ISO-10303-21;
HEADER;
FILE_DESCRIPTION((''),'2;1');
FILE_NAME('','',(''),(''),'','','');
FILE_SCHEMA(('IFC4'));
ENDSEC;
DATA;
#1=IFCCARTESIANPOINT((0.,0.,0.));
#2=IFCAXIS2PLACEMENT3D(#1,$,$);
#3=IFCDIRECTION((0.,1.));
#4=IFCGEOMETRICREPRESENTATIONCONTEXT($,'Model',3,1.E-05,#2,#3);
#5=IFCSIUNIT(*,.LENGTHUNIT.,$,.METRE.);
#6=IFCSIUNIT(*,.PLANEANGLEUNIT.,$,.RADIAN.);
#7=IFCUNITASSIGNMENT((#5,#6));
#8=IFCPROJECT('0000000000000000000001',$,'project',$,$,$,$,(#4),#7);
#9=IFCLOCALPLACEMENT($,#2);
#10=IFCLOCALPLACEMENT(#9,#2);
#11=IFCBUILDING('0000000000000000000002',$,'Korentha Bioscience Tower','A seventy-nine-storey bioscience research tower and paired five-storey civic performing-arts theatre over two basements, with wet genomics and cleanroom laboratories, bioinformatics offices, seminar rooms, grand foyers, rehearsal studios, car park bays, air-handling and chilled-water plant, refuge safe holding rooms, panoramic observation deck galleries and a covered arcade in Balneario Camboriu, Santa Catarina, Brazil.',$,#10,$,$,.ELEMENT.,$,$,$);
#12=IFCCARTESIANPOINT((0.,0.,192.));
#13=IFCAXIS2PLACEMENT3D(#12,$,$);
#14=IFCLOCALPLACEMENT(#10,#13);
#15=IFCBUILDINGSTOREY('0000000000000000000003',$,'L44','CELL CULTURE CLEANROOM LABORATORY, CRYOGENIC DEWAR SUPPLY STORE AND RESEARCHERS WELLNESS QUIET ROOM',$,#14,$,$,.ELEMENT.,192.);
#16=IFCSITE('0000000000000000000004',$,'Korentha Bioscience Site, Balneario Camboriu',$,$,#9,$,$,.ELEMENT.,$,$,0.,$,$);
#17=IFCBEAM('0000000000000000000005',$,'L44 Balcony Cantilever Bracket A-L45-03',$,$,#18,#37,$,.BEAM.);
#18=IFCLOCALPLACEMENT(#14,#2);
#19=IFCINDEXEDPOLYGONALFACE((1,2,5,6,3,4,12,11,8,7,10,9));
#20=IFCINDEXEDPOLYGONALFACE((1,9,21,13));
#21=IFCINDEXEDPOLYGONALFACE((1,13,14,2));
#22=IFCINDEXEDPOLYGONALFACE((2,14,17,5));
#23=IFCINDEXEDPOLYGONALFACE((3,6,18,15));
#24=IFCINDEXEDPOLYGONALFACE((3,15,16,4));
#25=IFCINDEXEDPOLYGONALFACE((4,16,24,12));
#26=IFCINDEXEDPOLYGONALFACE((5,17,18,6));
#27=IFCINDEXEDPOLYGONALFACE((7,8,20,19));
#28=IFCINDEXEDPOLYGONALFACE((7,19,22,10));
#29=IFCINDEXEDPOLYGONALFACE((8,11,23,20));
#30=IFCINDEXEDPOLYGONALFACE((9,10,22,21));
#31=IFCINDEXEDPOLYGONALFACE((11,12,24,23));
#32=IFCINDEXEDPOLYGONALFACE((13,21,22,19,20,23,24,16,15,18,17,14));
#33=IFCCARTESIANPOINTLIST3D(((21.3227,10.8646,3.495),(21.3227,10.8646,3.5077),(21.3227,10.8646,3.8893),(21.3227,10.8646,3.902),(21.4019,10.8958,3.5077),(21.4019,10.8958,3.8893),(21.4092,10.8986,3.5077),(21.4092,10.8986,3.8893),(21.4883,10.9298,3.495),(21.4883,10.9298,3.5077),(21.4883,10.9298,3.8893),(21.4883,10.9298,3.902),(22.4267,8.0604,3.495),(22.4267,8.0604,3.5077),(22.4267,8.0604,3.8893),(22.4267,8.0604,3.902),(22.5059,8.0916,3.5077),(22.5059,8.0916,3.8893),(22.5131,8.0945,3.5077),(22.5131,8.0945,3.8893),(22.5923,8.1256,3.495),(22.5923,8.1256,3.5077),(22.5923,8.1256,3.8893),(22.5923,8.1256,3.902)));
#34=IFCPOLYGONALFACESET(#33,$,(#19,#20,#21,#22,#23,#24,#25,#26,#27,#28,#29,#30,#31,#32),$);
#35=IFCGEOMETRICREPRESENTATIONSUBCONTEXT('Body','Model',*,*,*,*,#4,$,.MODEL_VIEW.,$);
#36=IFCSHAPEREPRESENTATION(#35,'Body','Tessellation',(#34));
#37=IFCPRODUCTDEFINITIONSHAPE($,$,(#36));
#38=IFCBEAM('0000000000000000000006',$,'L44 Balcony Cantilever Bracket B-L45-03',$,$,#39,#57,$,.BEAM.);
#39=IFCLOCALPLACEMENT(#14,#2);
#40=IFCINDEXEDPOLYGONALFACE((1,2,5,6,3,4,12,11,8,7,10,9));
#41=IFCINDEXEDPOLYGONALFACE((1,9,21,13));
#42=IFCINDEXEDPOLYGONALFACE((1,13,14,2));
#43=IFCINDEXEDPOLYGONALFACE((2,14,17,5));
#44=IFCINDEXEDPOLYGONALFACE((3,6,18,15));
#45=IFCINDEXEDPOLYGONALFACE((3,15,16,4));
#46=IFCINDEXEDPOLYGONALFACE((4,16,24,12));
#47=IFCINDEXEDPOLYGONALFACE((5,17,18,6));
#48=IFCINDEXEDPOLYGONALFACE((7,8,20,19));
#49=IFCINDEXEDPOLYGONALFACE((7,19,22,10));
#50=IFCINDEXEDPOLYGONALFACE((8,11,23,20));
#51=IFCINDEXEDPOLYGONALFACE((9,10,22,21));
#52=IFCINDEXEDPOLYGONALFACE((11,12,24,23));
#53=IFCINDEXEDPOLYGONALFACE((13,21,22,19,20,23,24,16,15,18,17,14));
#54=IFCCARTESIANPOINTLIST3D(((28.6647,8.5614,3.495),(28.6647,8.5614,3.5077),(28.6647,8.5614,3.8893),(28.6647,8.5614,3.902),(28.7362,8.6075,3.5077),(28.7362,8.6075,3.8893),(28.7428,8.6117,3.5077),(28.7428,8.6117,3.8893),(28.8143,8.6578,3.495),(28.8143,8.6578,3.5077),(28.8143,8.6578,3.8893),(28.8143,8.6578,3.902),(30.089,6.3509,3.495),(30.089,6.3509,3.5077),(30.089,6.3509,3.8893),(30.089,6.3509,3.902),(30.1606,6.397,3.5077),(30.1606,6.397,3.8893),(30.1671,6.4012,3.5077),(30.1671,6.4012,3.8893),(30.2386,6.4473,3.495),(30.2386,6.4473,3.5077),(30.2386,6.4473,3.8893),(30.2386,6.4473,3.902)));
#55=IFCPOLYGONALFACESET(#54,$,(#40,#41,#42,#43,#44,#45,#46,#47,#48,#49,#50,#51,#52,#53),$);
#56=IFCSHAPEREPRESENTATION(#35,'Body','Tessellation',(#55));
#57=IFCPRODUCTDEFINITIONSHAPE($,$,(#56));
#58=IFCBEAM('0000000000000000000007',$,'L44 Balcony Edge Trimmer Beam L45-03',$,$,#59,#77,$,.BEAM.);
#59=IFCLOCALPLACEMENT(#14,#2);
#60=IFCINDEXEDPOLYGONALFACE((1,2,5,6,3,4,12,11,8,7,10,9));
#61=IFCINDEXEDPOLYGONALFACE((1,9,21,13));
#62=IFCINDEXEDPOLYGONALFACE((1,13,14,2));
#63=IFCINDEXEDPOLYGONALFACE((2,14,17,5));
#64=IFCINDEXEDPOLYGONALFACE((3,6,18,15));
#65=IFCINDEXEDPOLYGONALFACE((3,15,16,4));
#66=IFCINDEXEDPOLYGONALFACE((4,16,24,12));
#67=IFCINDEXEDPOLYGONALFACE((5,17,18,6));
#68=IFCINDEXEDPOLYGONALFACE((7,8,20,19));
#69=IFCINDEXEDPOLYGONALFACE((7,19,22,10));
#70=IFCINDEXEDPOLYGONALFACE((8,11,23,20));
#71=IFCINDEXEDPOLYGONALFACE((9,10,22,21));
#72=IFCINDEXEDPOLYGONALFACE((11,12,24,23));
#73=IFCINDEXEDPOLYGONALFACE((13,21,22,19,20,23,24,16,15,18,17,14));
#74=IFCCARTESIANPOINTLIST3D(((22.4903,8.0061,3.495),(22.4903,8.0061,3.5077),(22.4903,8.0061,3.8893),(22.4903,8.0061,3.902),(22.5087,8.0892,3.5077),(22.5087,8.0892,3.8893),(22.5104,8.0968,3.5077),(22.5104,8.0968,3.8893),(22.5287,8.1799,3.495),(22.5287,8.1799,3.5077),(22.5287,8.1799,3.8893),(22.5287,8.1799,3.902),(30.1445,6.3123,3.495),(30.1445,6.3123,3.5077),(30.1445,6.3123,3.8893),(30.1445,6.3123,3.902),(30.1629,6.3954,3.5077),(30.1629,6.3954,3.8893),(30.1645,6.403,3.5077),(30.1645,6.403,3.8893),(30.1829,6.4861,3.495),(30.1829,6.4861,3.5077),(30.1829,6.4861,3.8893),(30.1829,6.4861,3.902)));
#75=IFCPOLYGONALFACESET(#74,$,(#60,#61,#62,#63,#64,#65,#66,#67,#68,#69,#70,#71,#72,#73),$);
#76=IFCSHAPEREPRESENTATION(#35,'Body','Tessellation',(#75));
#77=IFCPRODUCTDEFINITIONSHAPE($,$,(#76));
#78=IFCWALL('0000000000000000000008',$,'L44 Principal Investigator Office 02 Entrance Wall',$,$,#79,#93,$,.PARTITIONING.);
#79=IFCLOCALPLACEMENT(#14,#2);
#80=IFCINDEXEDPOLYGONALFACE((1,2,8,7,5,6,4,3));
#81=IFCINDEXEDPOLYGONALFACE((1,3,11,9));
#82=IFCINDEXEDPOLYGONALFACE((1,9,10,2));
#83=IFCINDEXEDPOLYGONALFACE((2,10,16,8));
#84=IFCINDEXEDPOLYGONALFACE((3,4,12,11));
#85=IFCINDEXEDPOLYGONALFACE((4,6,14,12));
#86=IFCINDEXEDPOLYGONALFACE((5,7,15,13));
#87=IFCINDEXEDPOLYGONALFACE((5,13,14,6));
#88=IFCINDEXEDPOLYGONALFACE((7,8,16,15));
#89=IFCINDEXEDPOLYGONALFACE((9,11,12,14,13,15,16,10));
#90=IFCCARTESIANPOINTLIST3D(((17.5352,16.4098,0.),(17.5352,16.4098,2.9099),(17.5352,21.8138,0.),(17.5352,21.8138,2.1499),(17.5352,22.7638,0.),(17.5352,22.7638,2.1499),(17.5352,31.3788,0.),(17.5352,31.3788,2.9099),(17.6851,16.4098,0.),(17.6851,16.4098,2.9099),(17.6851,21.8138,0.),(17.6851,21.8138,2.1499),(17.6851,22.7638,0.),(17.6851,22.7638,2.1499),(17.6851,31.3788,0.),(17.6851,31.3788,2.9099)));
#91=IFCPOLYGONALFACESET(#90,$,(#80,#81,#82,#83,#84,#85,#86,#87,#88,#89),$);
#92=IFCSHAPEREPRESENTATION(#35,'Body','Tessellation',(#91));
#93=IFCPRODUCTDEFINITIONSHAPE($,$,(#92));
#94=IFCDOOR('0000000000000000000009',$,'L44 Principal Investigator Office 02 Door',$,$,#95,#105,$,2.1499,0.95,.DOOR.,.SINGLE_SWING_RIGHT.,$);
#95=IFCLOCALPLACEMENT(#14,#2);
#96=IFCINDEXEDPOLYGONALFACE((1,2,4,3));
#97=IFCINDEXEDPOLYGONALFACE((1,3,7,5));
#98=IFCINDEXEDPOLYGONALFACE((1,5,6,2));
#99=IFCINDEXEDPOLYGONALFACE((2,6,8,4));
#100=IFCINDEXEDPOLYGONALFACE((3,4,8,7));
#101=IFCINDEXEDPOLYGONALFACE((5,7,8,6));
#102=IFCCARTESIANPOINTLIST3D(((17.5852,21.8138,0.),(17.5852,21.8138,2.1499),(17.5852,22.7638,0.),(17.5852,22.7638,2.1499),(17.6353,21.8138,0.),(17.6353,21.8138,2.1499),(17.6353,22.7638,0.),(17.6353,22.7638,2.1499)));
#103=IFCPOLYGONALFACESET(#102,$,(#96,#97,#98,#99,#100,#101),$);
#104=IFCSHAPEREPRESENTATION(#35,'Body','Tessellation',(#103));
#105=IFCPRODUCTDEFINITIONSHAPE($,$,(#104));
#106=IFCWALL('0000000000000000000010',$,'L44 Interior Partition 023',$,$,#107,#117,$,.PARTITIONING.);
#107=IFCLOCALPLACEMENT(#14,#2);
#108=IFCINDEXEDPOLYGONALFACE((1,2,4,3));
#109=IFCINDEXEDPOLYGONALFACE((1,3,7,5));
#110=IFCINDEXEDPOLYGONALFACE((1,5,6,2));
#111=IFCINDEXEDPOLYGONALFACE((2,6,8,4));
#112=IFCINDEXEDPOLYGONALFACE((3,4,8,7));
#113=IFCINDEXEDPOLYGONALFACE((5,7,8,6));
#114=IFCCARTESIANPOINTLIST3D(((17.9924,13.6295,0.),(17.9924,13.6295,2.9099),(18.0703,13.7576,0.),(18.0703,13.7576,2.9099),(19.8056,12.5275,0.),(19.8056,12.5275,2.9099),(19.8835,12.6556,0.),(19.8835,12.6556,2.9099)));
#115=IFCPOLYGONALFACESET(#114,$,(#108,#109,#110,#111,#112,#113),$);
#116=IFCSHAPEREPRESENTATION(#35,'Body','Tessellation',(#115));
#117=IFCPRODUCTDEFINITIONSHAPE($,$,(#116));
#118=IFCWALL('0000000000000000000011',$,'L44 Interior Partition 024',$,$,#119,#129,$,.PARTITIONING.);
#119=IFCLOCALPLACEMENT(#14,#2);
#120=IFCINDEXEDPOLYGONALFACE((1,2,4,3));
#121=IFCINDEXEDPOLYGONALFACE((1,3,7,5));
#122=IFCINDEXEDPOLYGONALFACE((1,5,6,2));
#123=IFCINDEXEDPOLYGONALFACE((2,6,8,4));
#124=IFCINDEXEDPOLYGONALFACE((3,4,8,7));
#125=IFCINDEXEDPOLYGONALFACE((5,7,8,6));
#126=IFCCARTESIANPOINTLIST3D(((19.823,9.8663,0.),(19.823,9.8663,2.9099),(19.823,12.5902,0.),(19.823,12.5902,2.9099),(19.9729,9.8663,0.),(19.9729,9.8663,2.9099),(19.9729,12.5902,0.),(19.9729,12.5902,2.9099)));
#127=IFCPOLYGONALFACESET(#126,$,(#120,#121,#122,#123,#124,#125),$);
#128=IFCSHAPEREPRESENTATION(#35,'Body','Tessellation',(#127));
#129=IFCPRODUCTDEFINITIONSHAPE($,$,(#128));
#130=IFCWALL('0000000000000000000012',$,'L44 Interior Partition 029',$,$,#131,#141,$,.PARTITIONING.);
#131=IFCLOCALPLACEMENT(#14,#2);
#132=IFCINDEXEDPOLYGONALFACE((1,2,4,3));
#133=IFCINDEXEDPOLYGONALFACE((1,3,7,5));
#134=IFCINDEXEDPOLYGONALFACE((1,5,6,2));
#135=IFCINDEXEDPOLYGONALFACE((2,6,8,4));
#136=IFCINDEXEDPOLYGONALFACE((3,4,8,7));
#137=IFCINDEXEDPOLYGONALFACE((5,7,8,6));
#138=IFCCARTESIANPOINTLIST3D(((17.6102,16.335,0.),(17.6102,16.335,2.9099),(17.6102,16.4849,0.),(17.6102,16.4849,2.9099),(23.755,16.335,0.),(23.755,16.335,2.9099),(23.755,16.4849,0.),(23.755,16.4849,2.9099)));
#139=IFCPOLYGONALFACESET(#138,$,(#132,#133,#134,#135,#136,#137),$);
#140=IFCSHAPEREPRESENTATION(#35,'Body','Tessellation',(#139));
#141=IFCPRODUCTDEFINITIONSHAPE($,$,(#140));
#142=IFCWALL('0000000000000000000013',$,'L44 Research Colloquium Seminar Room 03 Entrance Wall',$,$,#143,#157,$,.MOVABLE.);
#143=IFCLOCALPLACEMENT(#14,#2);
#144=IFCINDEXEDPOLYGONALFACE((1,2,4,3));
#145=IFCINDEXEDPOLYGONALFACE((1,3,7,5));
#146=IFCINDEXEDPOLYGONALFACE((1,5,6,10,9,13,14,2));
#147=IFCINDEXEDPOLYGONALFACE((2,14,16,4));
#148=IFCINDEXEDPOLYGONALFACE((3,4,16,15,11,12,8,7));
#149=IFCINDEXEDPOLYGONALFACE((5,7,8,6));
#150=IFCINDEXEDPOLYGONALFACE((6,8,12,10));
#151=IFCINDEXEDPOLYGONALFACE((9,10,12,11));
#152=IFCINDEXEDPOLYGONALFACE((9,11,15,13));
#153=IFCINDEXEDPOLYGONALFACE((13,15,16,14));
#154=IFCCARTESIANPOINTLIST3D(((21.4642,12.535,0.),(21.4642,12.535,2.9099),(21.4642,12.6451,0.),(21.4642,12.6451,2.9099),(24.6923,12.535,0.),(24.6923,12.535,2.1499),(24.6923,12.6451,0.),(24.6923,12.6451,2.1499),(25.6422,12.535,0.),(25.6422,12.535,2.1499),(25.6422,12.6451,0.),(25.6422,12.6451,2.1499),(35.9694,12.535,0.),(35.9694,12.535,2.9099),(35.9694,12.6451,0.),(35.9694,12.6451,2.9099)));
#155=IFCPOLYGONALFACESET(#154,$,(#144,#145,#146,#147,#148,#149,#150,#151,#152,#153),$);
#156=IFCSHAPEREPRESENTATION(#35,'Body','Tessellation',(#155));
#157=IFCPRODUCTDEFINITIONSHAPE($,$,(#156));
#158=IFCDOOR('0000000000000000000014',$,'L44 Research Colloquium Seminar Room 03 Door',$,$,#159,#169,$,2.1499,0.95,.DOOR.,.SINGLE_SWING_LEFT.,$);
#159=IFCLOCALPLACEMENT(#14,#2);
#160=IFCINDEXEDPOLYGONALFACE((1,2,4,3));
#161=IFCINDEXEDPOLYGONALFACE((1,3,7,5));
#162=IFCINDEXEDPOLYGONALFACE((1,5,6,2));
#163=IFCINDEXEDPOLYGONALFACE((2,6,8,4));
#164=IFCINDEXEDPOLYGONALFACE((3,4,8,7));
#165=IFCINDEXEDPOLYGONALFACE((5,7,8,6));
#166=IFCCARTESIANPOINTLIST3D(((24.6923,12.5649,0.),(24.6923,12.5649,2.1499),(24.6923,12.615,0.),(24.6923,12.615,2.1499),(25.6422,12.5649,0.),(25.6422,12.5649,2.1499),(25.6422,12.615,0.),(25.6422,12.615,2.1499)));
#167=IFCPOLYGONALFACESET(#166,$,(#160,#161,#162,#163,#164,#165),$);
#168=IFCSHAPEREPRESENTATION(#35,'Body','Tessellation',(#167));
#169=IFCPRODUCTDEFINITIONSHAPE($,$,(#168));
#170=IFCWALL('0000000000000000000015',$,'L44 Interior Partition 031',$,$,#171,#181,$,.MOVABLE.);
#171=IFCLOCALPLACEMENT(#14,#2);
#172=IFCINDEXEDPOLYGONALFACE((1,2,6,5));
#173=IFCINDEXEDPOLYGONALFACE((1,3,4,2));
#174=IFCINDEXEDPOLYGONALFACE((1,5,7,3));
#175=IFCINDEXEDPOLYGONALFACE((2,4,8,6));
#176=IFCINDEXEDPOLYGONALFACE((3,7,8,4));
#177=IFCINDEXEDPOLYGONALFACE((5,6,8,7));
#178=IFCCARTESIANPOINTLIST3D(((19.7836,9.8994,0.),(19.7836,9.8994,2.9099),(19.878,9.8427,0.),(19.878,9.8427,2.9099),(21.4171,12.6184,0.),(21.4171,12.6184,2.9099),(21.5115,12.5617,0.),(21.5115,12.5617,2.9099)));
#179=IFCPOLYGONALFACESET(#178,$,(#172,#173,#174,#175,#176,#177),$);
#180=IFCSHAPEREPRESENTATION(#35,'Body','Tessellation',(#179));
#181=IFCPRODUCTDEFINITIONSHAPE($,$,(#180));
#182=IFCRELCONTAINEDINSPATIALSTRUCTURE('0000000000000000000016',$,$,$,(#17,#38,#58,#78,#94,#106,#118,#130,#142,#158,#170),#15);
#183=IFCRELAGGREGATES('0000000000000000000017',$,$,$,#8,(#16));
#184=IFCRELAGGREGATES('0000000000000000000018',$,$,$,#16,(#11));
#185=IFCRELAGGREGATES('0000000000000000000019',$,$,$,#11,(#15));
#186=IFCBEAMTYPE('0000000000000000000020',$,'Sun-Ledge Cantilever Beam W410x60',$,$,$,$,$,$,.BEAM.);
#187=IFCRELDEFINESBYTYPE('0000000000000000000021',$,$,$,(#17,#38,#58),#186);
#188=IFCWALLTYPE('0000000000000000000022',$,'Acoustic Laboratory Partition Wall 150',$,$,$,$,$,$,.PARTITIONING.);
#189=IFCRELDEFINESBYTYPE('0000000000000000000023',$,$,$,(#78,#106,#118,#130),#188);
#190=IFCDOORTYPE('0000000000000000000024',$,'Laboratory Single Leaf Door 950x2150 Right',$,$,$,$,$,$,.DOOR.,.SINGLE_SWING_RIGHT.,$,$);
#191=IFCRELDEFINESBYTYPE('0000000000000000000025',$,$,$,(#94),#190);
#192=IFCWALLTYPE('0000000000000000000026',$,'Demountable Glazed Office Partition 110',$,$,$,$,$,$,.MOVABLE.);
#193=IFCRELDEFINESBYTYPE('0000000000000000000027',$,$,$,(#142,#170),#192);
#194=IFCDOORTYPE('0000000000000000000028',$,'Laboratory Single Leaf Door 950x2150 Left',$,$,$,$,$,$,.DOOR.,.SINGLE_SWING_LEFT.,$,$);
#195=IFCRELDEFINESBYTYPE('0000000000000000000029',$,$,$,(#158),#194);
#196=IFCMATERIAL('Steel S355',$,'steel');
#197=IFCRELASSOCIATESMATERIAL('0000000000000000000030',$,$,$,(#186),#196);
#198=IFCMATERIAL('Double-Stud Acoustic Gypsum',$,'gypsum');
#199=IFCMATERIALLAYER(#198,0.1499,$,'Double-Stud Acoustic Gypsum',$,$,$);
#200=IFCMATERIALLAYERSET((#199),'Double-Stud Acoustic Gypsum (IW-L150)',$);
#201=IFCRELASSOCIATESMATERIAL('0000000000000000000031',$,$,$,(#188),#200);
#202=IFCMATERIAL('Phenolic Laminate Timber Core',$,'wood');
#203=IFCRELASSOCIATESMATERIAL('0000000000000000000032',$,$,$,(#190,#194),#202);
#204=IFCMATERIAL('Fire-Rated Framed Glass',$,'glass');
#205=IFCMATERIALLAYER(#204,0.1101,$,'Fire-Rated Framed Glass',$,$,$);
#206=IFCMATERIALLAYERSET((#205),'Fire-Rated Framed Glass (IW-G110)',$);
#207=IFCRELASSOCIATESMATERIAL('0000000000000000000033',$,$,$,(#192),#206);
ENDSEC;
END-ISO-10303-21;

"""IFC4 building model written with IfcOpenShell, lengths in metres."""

from ifc_helpers import new_model, si_unit, direction, frame, frame_2d, origin, origin_2d, place, context, subcontext, project, spatial, rectangle, i_section, extrude, material, layer, layer_set, material_profile, profile_set, type_object, element, fill, save


model = new_model("IFC4")

# Units and contexts
model_context = context("Model", 3, precision=1e-05, world=origin(), true_north=direction((0.0, 1.0)))
body_context = subcontext(model_context, "Body", "Model", "MODEL_VIEW")
ifc_project = project(units=[si_unit("LENGTHUNIT", "METRE"), si_unit("PLANEANGLEUNIT", "RADIAN")], contexts=[model_context])

# Site, building, storey
site_placement = place(None, origin())
site = spatial("IfcSite", under=ifc_project, at=site_placement, Name="Korentha Bioscience Site, Balneario Camboriu", CompositionType="ELEMENT", RefElevation=0.0)
building_placement = place(site_placement, origin())
building = spatial("IfcBuilding", under=site, at=building_placement, Name="Korentha Bioscience Tower", Description="A seventy-nine-storey bioscience research tower and paired five-storey civic performing-arts theatre over two basements, with wet genomics and cleanroom laboratories, bioinformatics offices, seminar rooms, grand foyers, rehearsal studios, car park bays, air-handling and chilled-water plant, refuge safe holding rooms, panoramic observation deck galleries and a covered arcade in Balneario Camboriu, Santa Catarina, Brazil.", CompositionType="ELEMENT")
storey_placement = place(building_placement, frame((0.0, 0.0, 192.0)))
storey = spatial("IfcBuildingStorey", under=building, at=storey_placement, Name="L44", Description="CELL CULTURE CLEANROOM LABORATORY, CRYOGENIC DEWAR SUPPLY STORE AND RESEARCHERS WELLNESS QUIET ROOM", CompositionType="ELEMENT", Elevation=192.0)

# Beams
ifc_material_1 = material(Name="Steel S355", Category="steel")
ifc_material_profile_1 = material_profile(ifc_material_1, i_section(OverallWidth=0.178, OverallDepth=0.407, WebThickness=0.0078, FlangeThickness=0.0127, at=origin_2d()), Name="Steel S355")
ifc_profile_set_1 = profile_set([ifc_material_profile_1], Name="Steel S355 (CB-410)")
beam_type_1 = type_object("IfcBeamType", Name="Sun-Ledge Cantilever Beam W410x60", PredefinedType="BEAM", material=ifc_profile_set_1)
beam_1_placement = place(storey_placement, frame((21.4055, 10.8972, 3.6985), z_axis=(0.366329, -0.930485, 0.0), x_axis=(0.930485, 0.366329, 0.0)))
element("IfcBeam", 1, at=beam_1_placement, inside=storey, type_object=beam_type_1, Name="L44 Balcony Cantilever Bracket A-L45-03", PredefinedType="BEAM", context=body_context, shape_type="SweptSolid", body=[
    extrude(i_section(OverallWidth=0.178, OverallDepth=0.407, WebThickness=0.0078, FlangeThickness=0.0127, at=origin_2d()), origin(), (0.0, 0.0, 1.0), 3.0137),
])
beam_2_placement = place(storey_placement, frame((28.7395, 8.6096, 3.6985), z_axis=(0.541649, -0.840605, 0.0), x_axis=(0.840605, 0.541649, 0.0)))
element("IfcBeam", 2, at=beam_2_placement, inside=storey, type_object=beam_type_1, Name="L44 Balcony Cantilever Bracket B-L45-03", PredefinedType="BEAM", context=body_context, shape_type="SweptSolid", body=[
    extrude(i_section(OverallWidth=0.178, OverallDepth=0.407, WebThickness=0.0078, FlangeThickness=0.0127, at=origin_2d()), origin(), (0.0, 0.0, 1.0), 2.6296),
])
beam_3_placement = place(storey_placement, frame((22.5095, 8.093, 3.6985), z_axis=(0.976379, -0.216066, 0.0), x_axis=(0.216066, 0.976379, 0.0)))
element("IfcBeam", 3, at=beam_3_placement, inside=storey, type_object=beam_type_1, Name="L44 Balcony Edge Trimmer Beam L45-03", PredefinedType="BEAM", context=body_context, shape_type="SweptSolid", body=[
    extrude(i_section(OverallWidth=0.178, OverallDepth=0.407, WebThickness=0.0078, FlangeThickness=0.0127, at=origin_2d()), origin(), (0.0, 0.0, 1.0), 7.8394),
])

# Wall, opening, door
ifc_material_2 = material(Name="Double-Stud Acoustic Gypsum", Category="gypsum")
ifc_layer_1 = layer(ifc_material_2, 0.1499, Name="Double-Stud Acoustic Gypsum")
ifc_layer_set_1 = layer_set([ifc_layer_1], Name="Double-Stud Acoustic Gypsum (IW-L150)")
wall_type_1 = type_object("IfcWallType", Name="Acoustic Laboratory Partition Wall 150", PredefinedType="PARTITIONING", material=ifc_layer_set_1)
wall_1_placement = place(storey_placement, frame((17.6101, 16.4099, 0.0), z_axis=(0.0, 0.0, 1.0), x_axis=(0.0, 1.0, 0.0)))
wall_1 = element("IfcWall", 4, at=wall_1_placement, inside=storey, type_object=wall_type_1, Name="L44 Principal Investigator Office 02 Entrance Wall", PredefinedType="PARTITIONING", context=body_context, shape_type="SweptSolid", body=[
    extrude(rectangle(XDim=14.969, YDim=0.1499, at=frame_2d((7.4844, 0.0))), origin(), (0.0, 0.0, 1.0), 2.9099),
])
opening_1_placement = place(wall_1_placement, frame((5.4038, 0.0, 0.0)))
opening_1 = element("IfcOpeningElement", 5, at=opening_1_placement, cuts=wall_1, PredefinedType="OPENING", context=body_context, shape_type="SweptSolid", body=[
    extrude(rectangle(XDim=0.95, YDim=2.1499, at=frame_2d((0.4751, 1.075))), frame((0.0, 0.0898, 0.0), z_axis=(0.0, -1.0, 0.0), x_axis=(1.0, 0.0, 0.0)), (0.0, 0.0, 1.0), 0.1797),
])
ifc_material_3 = material(Name="Phenolic Laminate Timber Core", Category="wood")
door_type_1 = type_object("IfcDoorType", Name="Laboratory Single Leaf Door 950x2150 Right", OperationType="SINGLE_SWING_RIGHT", PredefinedType="DOOR", material=ifc_material_3)
door_1_placement = place(opening_1_placement, origin())
door_1 = element("IfcDoor", 6, at=door_1_placement, inside=storey, type_object=door_type_1, Name="L44 Principal Investigator Office 02 Door", OperationType="SINGLE_SWING_RIGHT", OverallHeight=2.1499, OverallWidth=0.95, PredefinedType="DOOR", context=body_context, shape_type="SweptSolid", body=[
    extrude(rectangle(XDim=0.95, YDim=2.1499, at=frame_2d((0.4751, 1.075))), frame((0.0, 0.0249, 0.0), z_axis=(0.0, -1.0, 0.0), x_axis=(1.0, 0.0, 0.0)), (0.0, 0.0, 1.0), 0.05),
])
fill(opening_1, door_1)

# Walls
wall_2_placement = place(storey_placement, frame((18.0312, 13.6936, 0.0), z_axis=(0.0, 0.0, 1.0), x_axis=(0.854545, -0.519377, 0.0)))
element("IfcWall", 7, at=wall_2_placement, inside=storey, type_object=wall_type_1, Name="L44 Interior Partition 023", PredefinedType="PARTITIONING", context=body_context, shape_type="SweptSolid", body=[
    extrude(rectangle(XDim=2.1218, YDim=0.1499, at=frame_2d((1.061, 0.0))), origin(), (0.0, 0.0, 1.0), 2.9099),
])
wall_3_placement = place(storey_placement, frame((19.8979, 12.5901, 0.0), z_axis=(0.0, 0.0, 1.0), x_axis=(0.0, -1.0, 0.0)))
element("IfcWall", 8, at=wall_3_placement, inside=storey, type_object=wall_type_1, Name="L44 Interior Partition 024", PredefinedType="PARTITIONING", context=body_context, shape_type="SweptSolid", body=[
    extrude(rectangle(XDim=2.7239, YDim=0.1499, at=frame_2d((1.3618, 0.0))), origin(), (0.0, 0.0, 1.0), 2.9099),
])
wall_4_placement = place(storey_placement, frame((23.7549, 16.4099, 0.0), z_axis=(0.0, 0.0, 1.0), x_axis=(-1.0, 0.0, 0.0)))
element("IfcWall", 9, at=wall_4_placement, inside=storey, type_object=wall_type_1, Name="L44 Interior Partition 029", PredefinedType="PARTITIONING", context=body_context, shape_type="SweptSolid", body=[
    extrude(rectangle(XDim=6.1448, YDim=0.1499, at=frame_2d((3.0723, 0.0))), origin(), (0.0, 0.0, 1.0), 2.9099),
])

# Wall, opening, door
ifc_material_4 = material(Name="Fire-Rated Framed Glass", Category="glass")
ifc_layer_2 = layer(ifc_material_4, 0.1101, Name="Fire-Rated Framed Glass")
ifc_layer_set_2 = layer_set([ifc_layer_2], Name="Fire-Rated Framed Glass (IW-G110)")
wall_type_2 = type_object("IfcWallType", Name="Demountable Glazed Office Partition 110", PredefinedType="MOVABLE", material=ifc_layer_set_2)
wall_5_placement = place(storey_placement, frame((21.4644, 12.5901, 0.0), z_axis=(0.0, 0.0, 1.0), x_axis=(1.0, 0.0, 0.0)))
wall_5 = element("IfcWall", 10, at=wall_5_placement, inside=storey, type_object=wall_type_2, Name="L44 Research Colloquium Seminar Room 03 Entrance Wall", PredefinedType="MOVABLE", context=body_context, shape_type="SweptSolid", body=[
    extrude(rectangle(XDim=14.5051, YDim=0.1101, at=frame_2d((7.2524, 0.0))), origin(), (0.0, 0.0, 1.0), 2.9099),
])
opening_2_placement = place(wall_5_placement, frame((3.2278, 0.0, 0.0)))
opening_2 = element("IfcOpeningElement", 11, at=opening_2_placement, cuts=wall_5, PredefinedType="OPENING", context=body_context, shape_type="SweptSolid", body=[
    extrude(rectangle(XDim=0.95, YDim=2.1499, at=frame_2d((0.4751, 1.075))), frame((0.0, 0.0698, 0.0), z_axis=(0.0, -1.0, 0.0), x_axis=(1.0, 0.0, 0.0)), (0.0, 0.0, 1.0), 0.1399),
])
door_type_2 = type_object("IfcDoorType", Name="Laboratory Single Leaf Door 950x2150 Left", OperationType="SINGLE_SWING_LEFT", PredefinedType="DOOR", material=ifc_material_3)
door_2_placement = place(opening_2_placement, origin())
door_2 = element("IfcDoor", 12, at=door_2_placement, inside=storey, type_object=door_type_2, Name="L44 Research Colloquium Seminar Room 03 Door", OperationType="SINGLE_SWING_LEFT", OverallHeight=2.1499, OverallWidth=0.95, PredefinedType="DOOR", context=body_context, shape_type="SweptSolid", body=[
    extrude(rectangle(XDim=0.95, YDim=2.1499, at=frame_2d((0.4751, 1.075))), frame((0.0, 0.0249, 0.0), z_axis=(0.0, -1.0, 0.0), x_axis=(1.0, 0.0, 0.0)), (0.0, 0.0, 1.0), 0.05),
])
fill(opening_2, door_2)

# Wall
wall_6_placement = place(storey_placement, frame((19.8308, 9.8711, 0.0), z_axis=(0.0, 0.0, 1.0), x_axis=(0.514994, 0.857194, 0.0)))
element("IfcWall", 13, at=wall_6_placement, inside=storey, type_object=wall_type_2, Name="L44 Interior Partition 031", PredefinedType="MOVABLE", context=body_context, shape_type="SweptSolid", body=[
    extrude(rectangle(XDim=3.1719, YDim=0.1101, at=frame_2d((1.5859, 0.0))), origin(), (0.0, 0.0, 1.0), 2.9099),
])

save(model, "model.ifc")
